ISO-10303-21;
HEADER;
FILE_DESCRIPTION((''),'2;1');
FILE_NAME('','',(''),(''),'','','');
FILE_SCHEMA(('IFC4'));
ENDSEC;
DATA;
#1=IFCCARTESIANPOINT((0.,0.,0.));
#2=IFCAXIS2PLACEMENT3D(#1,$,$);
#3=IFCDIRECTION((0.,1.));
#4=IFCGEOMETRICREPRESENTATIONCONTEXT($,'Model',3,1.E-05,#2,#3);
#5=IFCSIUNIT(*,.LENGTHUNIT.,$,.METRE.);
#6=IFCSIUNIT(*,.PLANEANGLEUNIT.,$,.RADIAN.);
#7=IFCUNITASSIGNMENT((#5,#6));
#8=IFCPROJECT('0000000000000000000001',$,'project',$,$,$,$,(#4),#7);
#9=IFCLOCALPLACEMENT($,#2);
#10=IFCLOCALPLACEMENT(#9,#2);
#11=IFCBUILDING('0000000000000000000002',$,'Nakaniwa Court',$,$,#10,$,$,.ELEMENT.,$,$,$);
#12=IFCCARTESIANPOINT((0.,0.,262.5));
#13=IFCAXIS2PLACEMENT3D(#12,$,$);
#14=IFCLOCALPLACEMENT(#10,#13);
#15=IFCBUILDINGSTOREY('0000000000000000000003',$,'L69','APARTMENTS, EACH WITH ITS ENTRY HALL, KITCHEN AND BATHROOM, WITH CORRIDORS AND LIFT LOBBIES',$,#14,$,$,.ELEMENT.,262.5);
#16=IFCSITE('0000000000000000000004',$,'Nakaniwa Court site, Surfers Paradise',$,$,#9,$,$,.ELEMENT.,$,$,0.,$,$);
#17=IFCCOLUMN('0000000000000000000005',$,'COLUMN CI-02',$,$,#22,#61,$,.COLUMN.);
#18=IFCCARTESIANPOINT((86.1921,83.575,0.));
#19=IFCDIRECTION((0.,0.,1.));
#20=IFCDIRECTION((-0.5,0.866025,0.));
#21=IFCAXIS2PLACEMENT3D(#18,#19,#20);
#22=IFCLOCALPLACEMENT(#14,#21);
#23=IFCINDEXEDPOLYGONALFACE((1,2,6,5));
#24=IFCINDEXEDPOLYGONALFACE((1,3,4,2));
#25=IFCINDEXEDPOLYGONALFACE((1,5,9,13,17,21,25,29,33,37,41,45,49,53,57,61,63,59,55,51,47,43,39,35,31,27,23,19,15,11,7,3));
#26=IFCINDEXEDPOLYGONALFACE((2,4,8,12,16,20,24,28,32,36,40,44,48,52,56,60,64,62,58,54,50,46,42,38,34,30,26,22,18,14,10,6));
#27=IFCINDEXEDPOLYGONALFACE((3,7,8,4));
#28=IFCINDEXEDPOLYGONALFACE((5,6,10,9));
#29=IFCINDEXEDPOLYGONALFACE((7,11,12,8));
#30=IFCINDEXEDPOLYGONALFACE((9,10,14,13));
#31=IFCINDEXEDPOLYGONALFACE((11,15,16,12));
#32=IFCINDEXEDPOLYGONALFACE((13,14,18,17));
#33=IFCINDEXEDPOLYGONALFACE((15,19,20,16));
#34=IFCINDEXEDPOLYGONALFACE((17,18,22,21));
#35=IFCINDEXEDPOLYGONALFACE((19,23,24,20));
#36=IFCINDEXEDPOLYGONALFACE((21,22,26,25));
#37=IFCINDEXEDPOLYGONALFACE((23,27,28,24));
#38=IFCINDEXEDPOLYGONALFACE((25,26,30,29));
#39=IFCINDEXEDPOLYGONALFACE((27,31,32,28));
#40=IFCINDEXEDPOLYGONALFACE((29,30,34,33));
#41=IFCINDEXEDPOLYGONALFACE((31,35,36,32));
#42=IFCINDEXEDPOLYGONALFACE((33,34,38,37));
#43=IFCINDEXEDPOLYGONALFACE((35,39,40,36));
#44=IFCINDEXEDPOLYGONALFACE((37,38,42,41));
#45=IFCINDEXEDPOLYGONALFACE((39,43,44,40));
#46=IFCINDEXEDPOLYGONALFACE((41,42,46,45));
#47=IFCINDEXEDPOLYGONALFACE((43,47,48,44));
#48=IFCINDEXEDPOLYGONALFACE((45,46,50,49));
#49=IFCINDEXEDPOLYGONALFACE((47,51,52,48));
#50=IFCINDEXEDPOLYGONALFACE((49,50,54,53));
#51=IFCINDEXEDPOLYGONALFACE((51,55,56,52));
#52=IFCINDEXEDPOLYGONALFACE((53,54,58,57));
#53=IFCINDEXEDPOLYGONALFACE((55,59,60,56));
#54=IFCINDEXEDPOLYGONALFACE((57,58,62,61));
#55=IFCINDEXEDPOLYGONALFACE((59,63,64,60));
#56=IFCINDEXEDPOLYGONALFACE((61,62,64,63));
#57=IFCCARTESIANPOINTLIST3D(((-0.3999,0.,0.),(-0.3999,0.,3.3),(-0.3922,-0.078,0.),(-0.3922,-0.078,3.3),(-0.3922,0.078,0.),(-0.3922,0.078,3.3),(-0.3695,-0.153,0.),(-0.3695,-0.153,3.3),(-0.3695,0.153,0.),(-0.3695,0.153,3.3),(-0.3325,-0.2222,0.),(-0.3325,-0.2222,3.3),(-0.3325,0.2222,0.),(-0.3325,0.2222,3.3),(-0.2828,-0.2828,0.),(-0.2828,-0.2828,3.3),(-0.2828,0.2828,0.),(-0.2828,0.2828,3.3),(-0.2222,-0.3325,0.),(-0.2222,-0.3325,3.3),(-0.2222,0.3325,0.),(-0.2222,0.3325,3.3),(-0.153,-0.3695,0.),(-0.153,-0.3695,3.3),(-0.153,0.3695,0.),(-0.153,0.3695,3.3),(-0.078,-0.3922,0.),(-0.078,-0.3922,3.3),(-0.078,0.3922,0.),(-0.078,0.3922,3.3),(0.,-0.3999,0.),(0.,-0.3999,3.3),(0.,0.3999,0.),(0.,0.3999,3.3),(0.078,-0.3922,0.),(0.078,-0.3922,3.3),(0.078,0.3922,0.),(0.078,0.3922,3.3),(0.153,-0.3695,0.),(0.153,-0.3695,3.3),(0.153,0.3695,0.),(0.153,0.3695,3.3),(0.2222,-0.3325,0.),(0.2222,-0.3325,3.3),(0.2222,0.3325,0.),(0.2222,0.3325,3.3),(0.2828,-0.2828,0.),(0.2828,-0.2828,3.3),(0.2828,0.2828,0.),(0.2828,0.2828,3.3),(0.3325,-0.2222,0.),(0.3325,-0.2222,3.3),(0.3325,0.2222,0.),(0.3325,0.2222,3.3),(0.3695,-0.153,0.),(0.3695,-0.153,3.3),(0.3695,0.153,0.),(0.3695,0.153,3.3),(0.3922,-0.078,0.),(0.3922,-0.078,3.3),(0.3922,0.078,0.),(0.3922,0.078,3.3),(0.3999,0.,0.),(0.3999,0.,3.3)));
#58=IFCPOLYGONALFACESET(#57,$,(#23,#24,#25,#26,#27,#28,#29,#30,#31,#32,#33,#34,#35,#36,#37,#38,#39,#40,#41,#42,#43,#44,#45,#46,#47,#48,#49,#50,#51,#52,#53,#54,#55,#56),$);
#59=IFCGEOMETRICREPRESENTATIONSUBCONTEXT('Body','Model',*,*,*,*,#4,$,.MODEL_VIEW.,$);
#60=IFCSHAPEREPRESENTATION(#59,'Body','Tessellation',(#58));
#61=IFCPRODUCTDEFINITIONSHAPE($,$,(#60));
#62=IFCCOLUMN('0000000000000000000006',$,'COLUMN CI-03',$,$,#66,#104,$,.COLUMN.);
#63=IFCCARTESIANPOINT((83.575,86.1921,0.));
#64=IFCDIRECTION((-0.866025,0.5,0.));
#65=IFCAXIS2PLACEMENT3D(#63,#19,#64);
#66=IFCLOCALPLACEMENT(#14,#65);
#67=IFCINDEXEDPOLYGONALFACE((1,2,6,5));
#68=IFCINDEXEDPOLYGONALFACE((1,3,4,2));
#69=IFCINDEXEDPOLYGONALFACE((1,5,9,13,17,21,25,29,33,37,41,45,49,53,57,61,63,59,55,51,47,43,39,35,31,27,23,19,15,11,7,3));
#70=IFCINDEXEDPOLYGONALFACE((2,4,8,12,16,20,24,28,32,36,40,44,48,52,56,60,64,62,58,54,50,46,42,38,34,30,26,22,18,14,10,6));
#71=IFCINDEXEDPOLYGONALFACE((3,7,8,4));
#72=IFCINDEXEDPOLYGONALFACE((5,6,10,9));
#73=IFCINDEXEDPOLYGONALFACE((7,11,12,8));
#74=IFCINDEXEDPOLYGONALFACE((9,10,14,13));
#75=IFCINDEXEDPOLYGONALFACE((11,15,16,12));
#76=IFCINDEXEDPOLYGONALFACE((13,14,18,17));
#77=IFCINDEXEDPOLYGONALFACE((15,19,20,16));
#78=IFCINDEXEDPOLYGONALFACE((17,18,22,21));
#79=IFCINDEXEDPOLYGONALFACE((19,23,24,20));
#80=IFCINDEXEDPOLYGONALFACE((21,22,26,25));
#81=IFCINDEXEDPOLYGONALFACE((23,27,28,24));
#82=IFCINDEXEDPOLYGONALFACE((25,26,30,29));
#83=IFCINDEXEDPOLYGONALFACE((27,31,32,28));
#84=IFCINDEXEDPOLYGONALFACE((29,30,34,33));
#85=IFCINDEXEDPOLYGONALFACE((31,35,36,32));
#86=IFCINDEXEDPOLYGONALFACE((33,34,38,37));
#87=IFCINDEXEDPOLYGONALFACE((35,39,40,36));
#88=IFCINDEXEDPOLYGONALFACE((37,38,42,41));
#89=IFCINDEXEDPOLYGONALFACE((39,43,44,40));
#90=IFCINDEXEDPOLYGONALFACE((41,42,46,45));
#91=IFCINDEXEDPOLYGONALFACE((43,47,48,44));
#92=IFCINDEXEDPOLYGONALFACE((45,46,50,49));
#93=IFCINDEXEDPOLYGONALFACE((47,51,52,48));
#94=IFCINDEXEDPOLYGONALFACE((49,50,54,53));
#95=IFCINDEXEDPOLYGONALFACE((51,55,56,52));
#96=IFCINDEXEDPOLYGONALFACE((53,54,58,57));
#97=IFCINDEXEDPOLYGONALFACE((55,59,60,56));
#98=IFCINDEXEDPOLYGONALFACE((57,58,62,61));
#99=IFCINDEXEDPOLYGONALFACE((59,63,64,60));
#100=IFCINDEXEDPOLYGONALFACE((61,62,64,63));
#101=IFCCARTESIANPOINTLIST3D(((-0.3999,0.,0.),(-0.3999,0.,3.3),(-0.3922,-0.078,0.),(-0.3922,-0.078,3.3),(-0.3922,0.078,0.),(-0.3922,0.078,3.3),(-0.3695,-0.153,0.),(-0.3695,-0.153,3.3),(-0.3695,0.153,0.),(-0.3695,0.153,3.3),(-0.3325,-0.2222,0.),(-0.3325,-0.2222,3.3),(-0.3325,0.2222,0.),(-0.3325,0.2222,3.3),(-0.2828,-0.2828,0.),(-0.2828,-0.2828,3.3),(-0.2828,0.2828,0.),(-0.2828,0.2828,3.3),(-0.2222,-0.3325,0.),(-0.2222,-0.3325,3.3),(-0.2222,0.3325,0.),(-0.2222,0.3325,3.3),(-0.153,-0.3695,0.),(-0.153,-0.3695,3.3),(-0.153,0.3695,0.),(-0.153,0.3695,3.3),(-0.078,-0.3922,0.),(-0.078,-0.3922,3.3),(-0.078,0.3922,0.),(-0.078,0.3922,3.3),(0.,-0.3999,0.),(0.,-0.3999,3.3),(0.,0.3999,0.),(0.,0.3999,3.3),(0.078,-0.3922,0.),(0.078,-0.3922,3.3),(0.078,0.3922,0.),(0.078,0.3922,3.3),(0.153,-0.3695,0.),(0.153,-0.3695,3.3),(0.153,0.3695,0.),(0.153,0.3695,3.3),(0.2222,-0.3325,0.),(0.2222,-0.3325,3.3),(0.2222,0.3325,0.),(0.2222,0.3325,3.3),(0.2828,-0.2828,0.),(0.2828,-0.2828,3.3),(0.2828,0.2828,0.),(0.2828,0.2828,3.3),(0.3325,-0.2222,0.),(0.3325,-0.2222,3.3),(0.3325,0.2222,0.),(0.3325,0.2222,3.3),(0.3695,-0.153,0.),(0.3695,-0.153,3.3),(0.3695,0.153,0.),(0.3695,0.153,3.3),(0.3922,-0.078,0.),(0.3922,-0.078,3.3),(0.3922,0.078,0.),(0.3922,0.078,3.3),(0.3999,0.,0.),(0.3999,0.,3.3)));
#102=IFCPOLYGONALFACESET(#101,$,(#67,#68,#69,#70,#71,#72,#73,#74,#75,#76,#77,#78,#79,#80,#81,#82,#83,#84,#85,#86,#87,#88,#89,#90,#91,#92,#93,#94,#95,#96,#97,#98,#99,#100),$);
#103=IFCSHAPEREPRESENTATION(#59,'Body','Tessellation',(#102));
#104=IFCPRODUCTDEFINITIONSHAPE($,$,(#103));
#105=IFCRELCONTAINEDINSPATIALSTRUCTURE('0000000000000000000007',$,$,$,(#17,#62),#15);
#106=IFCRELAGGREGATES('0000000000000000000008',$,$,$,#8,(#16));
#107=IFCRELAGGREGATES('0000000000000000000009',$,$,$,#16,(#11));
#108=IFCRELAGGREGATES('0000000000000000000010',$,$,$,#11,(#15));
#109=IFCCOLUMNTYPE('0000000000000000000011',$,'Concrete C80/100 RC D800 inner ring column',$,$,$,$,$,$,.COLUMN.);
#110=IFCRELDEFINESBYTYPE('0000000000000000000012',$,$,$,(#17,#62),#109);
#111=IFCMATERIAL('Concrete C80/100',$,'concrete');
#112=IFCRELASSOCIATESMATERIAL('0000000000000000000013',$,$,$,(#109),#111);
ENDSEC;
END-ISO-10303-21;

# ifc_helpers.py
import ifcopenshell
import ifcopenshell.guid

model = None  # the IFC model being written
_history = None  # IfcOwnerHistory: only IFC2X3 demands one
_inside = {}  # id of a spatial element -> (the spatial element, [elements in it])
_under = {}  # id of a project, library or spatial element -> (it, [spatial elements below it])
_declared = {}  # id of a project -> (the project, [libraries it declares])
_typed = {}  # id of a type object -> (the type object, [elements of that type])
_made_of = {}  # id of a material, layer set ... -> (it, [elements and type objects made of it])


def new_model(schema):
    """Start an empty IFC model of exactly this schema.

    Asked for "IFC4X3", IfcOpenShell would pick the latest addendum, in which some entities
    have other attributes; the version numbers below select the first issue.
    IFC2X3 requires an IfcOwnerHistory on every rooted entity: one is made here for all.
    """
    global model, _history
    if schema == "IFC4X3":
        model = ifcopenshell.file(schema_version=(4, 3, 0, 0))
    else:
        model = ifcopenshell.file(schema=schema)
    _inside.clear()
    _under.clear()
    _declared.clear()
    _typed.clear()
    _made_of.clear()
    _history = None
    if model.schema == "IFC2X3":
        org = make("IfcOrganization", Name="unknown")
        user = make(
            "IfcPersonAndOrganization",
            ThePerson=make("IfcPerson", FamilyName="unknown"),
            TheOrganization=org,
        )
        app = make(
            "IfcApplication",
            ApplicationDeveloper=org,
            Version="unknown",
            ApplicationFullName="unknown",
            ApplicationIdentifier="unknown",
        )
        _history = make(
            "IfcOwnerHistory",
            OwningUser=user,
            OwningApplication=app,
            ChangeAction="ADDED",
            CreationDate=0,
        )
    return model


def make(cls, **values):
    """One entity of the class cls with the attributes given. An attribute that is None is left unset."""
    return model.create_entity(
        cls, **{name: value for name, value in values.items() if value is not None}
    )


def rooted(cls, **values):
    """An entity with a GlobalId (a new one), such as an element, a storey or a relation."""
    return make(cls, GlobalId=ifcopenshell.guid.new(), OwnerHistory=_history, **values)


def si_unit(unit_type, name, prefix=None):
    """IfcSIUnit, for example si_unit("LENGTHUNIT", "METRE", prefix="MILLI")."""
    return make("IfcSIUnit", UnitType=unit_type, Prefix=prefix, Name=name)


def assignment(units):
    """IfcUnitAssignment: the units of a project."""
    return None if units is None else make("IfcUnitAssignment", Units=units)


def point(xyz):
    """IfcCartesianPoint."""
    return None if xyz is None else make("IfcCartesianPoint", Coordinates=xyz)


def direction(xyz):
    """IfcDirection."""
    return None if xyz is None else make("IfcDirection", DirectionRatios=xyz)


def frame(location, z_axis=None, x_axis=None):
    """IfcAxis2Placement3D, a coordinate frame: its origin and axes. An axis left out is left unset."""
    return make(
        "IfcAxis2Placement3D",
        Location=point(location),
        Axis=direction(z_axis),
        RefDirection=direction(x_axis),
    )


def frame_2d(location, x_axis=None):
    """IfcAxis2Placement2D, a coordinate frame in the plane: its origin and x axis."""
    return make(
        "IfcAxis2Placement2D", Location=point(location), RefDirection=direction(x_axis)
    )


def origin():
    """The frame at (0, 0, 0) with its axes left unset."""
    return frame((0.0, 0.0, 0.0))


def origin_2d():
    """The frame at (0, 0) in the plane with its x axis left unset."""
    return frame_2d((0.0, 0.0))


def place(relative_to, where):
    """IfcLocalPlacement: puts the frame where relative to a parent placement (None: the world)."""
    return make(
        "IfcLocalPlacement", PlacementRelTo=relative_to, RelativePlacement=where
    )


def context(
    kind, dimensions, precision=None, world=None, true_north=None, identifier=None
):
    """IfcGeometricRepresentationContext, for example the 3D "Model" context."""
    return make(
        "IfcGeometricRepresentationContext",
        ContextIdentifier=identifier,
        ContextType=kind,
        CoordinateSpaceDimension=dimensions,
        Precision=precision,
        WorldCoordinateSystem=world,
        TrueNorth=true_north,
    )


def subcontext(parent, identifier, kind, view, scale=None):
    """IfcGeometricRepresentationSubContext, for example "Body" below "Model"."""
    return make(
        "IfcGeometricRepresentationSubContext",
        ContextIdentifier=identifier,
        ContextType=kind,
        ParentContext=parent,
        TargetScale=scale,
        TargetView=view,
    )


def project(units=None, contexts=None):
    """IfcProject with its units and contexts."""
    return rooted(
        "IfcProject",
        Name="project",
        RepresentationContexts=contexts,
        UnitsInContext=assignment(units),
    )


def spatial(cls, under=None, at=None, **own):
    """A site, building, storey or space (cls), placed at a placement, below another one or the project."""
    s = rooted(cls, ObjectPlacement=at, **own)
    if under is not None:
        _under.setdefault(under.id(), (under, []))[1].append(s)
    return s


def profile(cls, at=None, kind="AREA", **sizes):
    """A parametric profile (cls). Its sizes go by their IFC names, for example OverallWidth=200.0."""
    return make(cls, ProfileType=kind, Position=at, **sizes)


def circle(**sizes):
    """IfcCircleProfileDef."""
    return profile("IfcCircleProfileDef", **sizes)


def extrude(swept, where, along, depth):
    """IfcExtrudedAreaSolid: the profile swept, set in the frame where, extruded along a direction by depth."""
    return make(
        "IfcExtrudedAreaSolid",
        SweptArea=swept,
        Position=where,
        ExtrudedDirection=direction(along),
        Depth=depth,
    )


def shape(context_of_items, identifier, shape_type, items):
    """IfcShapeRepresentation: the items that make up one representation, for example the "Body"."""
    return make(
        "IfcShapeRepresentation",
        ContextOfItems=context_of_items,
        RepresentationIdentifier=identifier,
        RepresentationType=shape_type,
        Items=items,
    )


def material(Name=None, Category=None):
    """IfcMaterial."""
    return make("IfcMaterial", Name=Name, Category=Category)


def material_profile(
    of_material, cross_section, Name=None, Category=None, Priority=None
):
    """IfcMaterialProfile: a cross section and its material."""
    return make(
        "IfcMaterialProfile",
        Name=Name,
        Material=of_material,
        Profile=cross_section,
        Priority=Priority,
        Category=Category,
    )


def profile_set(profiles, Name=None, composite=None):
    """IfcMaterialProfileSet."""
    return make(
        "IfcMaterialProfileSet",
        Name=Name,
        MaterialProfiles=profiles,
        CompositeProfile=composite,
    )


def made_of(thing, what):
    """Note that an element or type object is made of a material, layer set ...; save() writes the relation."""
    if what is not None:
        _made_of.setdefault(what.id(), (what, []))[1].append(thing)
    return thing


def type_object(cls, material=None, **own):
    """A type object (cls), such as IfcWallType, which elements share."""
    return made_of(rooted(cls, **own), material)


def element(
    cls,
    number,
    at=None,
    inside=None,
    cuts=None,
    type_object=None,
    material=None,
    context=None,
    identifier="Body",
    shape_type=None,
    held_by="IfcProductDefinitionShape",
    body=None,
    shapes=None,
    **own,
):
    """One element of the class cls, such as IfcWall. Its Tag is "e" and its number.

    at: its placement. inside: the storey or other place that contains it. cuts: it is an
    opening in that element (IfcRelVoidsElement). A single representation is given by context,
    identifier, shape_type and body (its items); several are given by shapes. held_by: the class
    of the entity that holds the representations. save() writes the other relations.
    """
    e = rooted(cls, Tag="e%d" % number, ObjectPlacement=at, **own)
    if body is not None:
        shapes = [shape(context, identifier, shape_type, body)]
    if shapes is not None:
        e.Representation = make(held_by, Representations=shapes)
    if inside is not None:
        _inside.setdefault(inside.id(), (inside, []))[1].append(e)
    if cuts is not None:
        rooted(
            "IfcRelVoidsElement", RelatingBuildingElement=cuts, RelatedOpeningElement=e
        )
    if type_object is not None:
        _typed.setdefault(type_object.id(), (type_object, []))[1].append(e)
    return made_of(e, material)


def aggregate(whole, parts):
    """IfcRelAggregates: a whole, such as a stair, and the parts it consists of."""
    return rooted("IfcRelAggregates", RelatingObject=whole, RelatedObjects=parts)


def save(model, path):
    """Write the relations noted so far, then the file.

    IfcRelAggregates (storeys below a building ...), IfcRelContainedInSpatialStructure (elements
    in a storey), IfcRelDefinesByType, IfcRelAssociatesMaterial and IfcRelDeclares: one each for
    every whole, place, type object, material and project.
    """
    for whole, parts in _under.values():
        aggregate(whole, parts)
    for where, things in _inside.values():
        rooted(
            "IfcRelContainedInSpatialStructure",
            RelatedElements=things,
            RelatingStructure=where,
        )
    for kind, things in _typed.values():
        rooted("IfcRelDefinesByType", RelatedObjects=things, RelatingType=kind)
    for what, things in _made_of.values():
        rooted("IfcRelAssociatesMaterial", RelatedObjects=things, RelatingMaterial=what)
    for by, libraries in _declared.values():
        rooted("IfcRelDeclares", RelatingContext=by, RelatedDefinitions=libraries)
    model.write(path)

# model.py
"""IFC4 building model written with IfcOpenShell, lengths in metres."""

from ifc_helpers import new_model, si_unit, direction, frame, origin, origin_2d, place, context, subcontext, project, spatial, circle, extrude, material, material_profile, profile_set, type_object, element, save


model = new_model("IFC4")

# Units and contexts
model_context = context("Model", 3, precision=1e-05, world=origin(), true_north=direction((0.0, 1.0)))
body_context = subcontext(model_context, "Body", "Model", "MODEL_VIEW")
ifc_project = project(units=[si_unit("LENGTHUNIT", "METRE"), si_unit("PLANEANGLEUNIT", "RADIAN")], contexts=[model_context])

# Site, building, storey
site_placement = place(None, origin())
site = spatial("IfcSite", under=ifc_project, at=site_placement, Name="Nakaniwa Court site, Surfers Paradise", CompositionType="ELEMENT", RefElevation=0.0)
building_placement = place(site_placement, origin())
building = spatial("IfcBuilding", under=site, at=building_placement, Name="Nakaniwa Court", CompositionType="ELEMENT")
storey_placement = place(building_placement, frame((0.0, 0.0, 262.5)))
storey = spatial("IfcBuildingStorey", under=building, at=storey_placement, Name="L69", Description="APARTMENTS, EACH WITH ITS ENTRY HALL, KITCHEN AND BATHROOM, WITH CORRIDORS AND LIFT LOBBIES", CompositionType="ELEMENT", Elevation=262.5)

# Columns
ifc_material_1 = material(Name="Concrete C80/100", Category="concrete")
ifc_material_profile_1 = material_profile(ifc_material_1, circle(Radius=0.3999, at=origin_2d()), Name="Concrete C80/100 RC D800 inner ring column")
ifc_profile_set_1 = profile_set([ifc_material_profile_1], Name="Concrete C80/100")
column_type = type_object("IfcColumnType", Name="Concrete C80/100 RC D800 inner ring column", PredefinedType="COLUMN", material=ifc_profile_set_1)
for number, where, z_axis, x_axis, name in (
    (1, (86.1921, 83.575, 0.0), (0.0, 0.0, 1.0), (-0.5, 0.866025, 0.0), "COLUMN CI-02"),
    (2, (83.575, 86.1921, 0.0), (0.0, 0.0, 1.0), (-0.866025, 0.5, 0.0), "COLUMN CI-03"),
):
    element("IfcColumn", number, at=place(storey_placement, frame(where, z_axis=z_axis, x_axis=x_axis)), inside=storey, type_object=column_type, Name=name, PredefinedType="COLUMN", context=body_context, shape_type="SweptSolid", body=[
        extrude(circle(Radius=0.3999, at=origin_2d()), origin(), (0.0, 0.0, 1.0), 3.3),
    ])

save(model, "model.ifc")
